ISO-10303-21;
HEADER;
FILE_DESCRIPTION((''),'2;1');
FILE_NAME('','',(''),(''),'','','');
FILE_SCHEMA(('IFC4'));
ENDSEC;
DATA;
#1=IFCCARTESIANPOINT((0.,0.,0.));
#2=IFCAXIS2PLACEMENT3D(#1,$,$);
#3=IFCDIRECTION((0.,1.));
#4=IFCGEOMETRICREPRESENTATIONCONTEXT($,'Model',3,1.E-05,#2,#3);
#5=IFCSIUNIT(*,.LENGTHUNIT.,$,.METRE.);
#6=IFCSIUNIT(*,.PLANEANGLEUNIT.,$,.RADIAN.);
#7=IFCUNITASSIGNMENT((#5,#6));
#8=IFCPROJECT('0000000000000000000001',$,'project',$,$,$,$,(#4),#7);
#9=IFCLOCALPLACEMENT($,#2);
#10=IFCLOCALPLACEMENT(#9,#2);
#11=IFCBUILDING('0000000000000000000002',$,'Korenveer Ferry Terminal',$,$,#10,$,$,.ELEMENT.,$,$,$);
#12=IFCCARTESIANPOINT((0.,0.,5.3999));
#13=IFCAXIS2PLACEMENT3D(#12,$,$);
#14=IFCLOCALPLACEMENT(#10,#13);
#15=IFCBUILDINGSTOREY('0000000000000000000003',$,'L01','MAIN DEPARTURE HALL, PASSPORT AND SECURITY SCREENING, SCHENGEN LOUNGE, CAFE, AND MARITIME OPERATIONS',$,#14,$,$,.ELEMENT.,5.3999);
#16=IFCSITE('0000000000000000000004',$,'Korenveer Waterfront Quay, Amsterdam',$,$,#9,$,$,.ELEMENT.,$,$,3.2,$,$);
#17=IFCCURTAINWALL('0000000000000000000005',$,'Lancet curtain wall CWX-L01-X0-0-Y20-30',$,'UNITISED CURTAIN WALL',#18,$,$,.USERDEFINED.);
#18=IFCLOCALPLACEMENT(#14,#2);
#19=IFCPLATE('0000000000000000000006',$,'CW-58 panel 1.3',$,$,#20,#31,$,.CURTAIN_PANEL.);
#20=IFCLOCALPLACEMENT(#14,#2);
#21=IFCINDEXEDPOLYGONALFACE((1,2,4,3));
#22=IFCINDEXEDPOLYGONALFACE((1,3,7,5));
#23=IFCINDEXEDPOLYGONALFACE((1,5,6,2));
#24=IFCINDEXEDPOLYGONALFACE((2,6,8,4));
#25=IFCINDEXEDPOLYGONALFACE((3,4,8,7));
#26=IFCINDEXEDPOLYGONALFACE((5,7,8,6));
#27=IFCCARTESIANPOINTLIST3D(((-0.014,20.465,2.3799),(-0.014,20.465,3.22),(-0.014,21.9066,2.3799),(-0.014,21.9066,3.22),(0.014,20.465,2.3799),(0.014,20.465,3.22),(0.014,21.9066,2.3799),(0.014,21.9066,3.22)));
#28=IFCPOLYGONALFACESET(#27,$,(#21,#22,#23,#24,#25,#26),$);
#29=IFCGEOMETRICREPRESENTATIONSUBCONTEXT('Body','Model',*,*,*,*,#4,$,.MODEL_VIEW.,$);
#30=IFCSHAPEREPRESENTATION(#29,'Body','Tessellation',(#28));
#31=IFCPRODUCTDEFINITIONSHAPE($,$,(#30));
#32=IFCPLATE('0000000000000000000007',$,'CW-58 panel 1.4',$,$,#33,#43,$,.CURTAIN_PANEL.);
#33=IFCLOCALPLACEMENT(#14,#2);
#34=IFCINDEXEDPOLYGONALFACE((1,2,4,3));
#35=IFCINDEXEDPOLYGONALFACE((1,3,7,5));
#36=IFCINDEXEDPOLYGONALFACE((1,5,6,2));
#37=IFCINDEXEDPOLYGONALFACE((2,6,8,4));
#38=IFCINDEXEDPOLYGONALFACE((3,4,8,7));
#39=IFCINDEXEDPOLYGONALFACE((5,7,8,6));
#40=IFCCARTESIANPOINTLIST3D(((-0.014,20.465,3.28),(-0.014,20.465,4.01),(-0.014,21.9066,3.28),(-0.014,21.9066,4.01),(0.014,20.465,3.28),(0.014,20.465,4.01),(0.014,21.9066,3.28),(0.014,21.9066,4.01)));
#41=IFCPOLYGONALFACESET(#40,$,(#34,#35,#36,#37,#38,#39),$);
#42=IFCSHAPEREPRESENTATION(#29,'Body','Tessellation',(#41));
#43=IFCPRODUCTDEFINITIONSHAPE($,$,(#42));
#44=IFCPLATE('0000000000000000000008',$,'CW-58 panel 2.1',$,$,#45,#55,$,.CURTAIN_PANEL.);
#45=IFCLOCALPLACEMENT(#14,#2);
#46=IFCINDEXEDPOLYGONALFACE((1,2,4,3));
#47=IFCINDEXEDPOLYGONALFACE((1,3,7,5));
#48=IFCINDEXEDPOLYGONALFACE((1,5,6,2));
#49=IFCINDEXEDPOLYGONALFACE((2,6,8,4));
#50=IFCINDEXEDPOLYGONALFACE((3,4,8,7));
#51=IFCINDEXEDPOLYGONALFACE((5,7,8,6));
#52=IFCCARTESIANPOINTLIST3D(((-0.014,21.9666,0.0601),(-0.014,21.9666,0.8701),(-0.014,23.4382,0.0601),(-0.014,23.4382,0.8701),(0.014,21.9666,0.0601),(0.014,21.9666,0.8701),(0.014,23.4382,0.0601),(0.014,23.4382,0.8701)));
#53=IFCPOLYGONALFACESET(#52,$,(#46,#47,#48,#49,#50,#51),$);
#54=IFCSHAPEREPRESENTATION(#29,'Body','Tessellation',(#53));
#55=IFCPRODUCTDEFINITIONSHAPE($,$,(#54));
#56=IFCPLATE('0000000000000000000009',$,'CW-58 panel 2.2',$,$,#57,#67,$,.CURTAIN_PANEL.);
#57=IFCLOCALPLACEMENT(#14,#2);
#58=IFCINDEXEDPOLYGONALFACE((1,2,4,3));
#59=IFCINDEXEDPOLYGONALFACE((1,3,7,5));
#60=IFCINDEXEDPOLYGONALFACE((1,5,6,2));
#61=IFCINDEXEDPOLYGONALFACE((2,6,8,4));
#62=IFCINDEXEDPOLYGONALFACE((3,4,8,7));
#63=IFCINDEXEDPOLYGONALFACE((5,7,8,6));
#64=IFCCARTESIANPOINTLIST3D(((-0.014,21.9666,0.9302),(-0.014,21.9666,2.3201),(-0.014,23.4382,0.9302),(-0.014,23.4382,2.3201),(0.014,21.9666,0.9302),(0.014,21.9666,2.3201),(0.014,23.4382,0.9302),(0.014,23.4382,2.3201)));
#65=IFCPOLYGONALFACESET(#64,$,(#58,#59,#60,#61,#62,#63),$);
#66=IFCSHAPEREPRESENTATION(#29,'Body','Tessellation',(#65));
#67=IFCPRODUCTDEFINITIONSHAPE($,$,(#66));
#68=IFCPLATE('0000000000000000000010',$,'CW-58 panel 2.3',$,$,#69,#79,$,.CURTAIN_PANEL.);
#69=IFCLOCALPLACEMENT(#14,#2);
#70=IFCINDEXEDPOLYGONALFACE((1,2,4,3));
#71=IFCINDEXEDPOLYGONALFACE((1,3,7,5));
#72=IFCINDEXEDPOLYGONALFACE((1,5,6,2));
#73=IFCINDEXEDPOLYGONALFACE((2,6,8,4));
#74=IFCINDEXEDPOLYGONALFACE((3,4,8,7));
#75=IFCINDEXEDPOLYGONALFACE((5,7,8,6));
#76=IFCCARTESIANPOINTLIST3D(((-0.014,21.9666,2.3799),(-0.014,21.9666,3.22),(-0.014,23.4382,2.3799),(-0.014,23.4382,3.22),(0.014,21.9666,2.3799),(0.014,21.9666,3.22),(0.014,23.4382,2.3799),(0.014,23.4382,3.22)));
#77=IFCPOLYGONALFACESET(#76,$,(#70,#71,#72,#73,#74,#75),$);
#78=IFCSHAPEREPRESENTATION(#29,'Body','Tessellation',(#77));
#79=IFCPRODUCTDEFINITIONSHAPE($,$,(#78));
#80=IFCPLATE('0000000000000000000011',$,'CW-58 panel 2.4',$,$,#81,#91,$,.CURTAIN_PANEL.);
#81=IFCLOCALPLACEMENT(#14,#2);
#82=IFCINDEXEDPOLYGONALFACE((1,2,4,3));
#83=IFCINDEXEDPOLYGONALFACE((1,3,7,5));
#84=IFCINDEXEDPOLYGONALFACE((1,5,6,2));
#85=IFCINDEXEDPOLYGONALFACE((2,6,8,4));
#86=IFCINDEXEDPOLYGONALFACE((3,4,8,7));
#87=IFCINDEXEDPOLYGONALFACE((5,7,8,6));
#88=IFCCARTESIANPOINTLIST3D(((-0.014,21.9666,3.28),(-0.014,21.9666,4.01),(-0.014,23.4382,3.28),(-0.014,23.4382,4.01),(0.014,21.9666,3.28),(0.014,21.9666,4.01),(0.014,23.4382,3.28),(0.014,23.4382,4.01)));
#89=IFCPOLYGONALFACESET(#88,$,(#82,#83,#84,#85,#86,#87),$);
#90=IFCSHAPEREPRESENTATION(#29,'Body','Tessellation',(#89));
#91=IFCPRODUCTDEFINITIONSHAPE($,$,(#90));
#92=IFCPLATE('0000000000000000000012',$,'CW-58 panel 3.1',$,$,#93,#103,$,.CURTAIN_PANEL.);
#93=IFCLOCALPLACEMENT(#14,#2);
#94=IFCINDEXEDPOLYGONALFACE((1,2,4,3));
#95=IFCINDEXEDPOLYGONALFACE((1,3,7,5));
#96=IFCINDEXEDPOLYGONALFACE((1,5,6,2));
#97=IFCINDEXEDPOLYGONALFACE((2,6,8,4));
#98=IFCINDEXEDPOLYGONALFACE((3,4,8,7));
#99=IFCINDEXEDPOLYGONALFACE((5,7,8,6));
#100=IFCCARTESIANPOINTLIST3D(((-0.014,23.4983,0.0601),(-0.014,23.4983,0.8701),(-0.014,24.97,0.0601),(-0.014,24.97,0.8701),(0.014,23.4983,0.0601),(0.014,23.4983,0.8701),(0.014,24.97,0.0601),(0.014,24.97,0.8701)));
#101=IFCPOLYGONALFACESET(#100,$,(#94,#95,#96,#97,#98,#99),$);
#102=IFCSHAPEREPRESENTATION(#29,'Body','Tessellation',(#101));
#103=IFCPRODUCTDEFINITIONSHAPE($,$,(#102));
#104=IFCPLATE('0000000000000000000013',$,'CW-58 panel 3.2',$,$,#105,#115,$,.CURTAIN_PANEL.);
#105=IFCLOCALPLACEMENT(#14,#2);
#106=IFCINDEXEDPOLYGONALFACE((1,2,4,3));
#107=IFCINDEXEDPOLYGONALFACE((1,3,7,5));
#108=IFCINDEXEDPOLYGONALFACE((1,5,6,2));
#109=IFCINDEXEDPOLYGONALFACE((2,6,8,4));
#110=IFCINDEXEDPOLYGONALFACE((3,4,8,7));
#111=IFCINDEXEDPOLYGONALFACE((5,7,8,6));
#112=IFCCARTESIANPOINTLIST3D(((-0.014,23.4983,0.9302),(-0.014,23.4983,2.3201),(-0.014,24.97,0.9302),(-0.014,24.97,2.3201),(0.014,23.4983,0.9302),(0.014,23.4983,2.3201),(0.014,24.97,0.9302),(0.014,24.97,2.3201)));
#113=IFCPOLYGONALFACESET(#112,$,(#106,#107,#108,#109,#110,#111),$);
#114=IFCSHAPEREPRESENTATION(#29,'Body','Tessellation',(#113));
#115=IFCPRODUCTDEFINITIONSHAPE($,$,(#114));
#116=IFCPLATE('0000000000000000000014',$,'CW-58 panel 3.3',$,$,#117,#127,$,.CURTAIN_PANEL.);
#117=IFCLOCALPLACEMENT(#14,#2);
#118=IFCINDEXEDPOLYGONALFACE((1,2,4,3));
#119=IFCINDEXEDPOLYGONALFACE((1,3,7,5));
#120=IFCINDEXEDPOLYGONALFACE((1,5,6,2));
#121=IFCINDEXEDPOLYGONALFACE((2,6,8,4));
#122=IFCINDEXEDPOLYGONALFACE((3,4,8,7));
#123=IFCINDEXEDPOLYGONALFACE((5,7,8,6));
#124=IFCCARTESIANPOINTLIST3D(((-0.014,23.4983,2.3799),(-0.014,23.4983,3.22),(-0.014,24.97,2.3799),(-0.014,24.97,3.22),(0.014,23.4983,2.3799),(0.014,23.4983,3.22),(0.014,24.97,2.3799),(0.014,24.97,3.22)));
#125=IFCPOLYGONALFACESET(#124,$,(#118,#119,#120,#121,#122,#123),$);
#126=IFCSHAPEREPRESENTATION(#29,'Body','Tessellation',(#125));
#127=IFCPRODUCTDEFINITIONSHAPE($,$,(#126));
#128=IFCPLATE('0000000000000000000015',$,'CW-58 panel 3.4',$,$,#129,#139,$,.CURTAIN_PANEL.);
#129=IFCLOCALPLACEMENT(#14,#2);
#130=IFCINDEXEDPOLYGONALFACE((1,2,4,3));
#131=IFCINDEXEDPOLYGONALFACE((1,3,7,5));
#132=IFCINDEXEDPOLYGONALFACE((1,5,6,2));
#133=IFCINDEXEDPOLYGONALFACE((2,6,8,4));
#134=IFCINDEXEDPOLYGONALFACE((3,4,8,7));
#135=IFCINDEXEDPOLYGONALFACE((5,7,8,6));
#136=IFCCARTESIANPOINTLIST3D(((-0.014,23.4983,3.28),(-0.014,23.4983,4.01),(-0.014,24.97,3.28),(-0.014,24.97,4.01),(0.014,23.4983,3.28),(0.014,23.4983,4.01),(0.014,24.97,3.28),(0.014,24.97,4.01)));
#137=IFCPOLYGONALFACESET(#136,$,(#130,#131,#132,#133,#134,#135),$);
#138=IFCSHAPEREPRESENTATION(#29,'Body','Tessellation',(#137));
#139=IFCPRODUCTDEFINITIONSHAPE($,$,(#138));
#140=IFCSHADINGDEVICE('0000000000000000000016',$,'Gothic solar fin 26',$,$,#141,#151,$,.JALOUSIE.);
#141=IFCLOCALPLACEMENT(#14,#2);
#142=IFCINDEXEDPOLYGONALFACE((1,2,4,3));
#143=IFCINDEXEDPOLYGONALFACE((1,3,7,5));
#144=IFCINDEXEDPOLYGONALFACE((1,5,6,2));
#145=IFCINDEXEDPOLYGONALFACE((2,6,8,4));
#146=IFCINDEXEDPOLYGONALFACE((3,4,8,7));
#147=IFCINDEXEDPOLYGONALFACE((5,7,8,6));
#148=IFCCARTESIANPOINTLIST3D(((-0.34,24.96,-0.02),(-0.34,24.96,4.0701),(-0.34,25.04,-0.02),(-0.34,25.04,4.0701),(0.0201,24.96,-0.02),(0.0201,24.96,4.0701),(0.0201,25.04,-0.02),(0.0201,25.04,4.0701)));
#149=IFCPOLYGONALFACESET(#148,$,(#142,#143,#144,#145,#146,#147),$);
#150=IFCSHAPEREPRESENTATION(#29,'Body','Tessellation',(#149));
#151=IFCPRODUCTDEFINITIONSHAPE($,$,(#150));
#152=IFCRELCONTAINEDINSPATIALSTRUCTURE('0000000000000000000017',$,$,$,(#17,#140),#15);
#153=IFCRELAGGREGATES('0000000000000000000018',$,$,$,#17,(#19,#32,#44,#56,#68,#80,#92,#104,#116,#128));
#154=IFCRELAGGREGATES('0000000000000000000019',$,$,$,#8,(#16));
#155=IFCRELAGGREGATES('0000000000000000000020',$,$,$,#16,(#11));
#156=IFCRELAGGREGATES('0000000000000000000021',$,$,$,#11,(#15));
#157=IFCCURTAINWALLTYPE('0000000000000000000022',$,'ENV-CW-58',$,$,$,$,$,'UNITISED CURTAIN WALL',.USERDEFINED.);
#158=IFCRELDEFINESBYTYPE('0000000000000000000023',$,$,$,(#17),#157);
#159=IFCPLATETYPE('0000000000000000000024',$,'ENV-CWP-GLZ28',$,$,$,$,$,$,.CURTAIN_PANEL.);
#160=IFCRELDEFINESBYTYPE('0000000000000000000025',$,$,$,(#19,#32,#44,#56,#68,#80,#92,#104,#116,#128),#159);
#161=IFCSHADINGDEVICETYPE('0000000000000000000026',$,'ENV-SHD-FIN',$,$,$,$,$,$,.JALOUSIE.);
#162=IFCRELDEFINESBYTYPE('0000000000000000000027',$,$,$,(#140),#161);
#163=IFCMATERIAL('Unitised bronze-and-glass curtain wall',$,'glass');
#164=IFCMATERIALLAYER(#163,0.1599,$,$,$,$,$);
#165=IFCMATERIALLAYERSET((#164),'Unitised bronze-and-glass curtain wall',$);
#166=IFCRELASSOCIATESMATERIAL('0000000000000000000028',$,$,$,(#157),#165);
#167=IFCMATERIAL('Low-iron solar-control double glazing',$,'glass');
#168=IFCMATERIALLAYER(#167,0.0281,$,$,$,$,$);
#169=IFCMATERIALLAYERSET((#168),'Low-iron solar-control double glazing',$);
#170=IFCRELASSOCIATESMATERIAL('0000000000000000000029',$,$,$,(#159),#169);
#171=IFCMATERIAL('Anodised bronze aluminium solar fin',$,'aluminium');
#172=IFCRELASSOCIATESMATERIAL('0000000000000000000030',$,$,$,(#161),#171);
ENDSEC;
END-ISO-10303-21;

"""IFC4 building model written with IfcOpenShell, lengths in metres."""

from ifc_helpers import new_model, si_unit, direction, frame, origin, origin_2d, place, context, subcontext, project, spatial, rectangle, extrude, material, layer, layer_set, type_object, element, aggregate, save


model = new_model("IFC4")

# Units and contexts
model_context = context("Model", 3, precision=1e-05, world=origin(), true_north=direction((0.0, 1.0)))
body_context = subcontext(model_context, "Body", "Model", "MODEL_VIEW")
ifc_project = project(units=[si_unit("LENGTHUNIT", "METRE"), si_unit("PLANEANGLEUNIT", "RADIAN")], contexts=[model_context])

# Site, building, storey
site_placement = place(None, origin())
site = spatial("IfcSite", under=ifc_project, at=site_placement, Name="Korenveer Waterfront Quay, Amsterdam", CompositionType="ELEMENT", RefElevation=3.2)
building_placement = place(site_placement, origin())
building = spatial("IfcBuilding", under=site, at=building_placement, Name="Korenveer Ferry Terminal", CompositionType="ELEMENT")
storey_placement = place(building_placement, frame((0.0, 0.0, 5.3999)))
storey = spatial("IfcBuildingStorey", under=building, at=storey_placement, Name="L01", Description="MAIN DEPARTURE HALL, PASSPORT AND SECURITY SCREENING, SCHENGEN LOUNGE, CAFE, AND MARITIME OPERATIONS", CompositionType="ELEMENT", Elevation=5.3999)

# Curtain wall
ifc_material_1 = material(Name="Unitised bronze-and-glass curtain wall", Category="glass")
ifc_layer_1 = layer(ifc_material_1, 0.1599)
ifc_layer_set_1 = layer_set([ifc_layer_1], Name="Unitised bronze-and-glass curtain wall")
curtain_wall_type = type_object("IfcCurtainWallType", Name="ENV-CW-58", ElementType="UNITISED CURTAIN WALL", PredefinedType="USERDEFINED", material=ifc_layer_set_1)
curtain_wall_placement = place(storey_placement, frame((0.0, 20.405, 0.0)))
curtain_wall = element("IfcCurtainWall", 1, at=curtain_wall_placement, inside=storey, type_object=curtain_wall_type, Name="Lancet curtain wall CWX-L01-X0-0-Y20-30", ObjectType="UNITISED CURTAIN WALL", PredefinedType="USERDEFINED")

# Plates
ifc_material_2 = material(Name="Low-iron solar-control double glazing", Category="glass")
ifc_layer_2 = layer(ifc_material_2, 0.0281)
ifc_layer_set_2 = layer_set([ifc_layer_2], Name="Low-iron solar-control double glazing")
plate_type = type_object("IfcPlateType", Name="ENV-CWP-GLZ28", PredefinedType="CURTAIN_PANEL", material=ifc_layer_set_2)
plate_1_placement = place(storey_placement, frame((0.0, 21.1858, 2.3799), z_axis=(0.0, 0.0, 1.0), x_axis=(0.0, 1.0, 0.0)))
plate_1 = element("IfcPlate", 2, at=plate_1_placement, type_object=plate_type, Name="CW-58 panel 1.3", PredefinedType="CURTAIN_PANEL", context=body_context, shape_type="SweptSolid", body=[
    extrude(rectangle(XDim=1.4417, YDim=0.0281, at=origin_2d()), origin(), (0.0, 0.0, 1.0), 0.8401),
])
plate_2_placement = place(storey_placement, frame((0.0, 21.1858, 3.28), z_axis=(0.0, 0.0, 1.0), x_axis=(0.0, 1.0, 0.0)))
plate_2 = element("IfcPlate", 3, at=plate_2_placement, type_object=plate_type, Name="CW-58 panel 1.4", PredefinedType="CURTAIN_PANEL", context=body_context, shape_type="SweptSolid", body=[
    extrude(rectangle(XDim=1.4417, YDim=0.0281, at=origin_2d()), origin(), (0.0, 0.0, 1.0), 0.73),
])
plate_3_placement = place(storey_placement, frame((0.0, 22.7024, 0.0601), z_axis=(0.0, 0.0, 1.0), x_axis=(0.0, 1.0, 0.0)))
plate_3 = element("IfcPlate", 4, at=plate_3_placement, type_object=plate_type, Name="CW-58 panel 2.1", PredefinedType="CURTAIN_PANEL", context=body_context, shape_type="SweptSolid", body=[
    extrude(rectangle(XDim=1.4717, YDim=0.0281, at=origin_2d()), origin(), (0.0, 0.0, 1.0), 0.8101),
])
plate_4_placement = place(storey_placement, frame((0.0, 22.7024, 0.9302), z_axis=(0.0, 0.0, 1.0), x_axis=(0.0, 1.0, 0.0)))
plate_4 = element("IfcPlate", 5, at=plate_4_placement, type_object=plate_type, Name="CW-58 panel 2.2", PredefinedType="CURTAIN_PANEL", context=body_context, shape_type="SweptSolid", body=[
    extrude(rectangle(XDim=1.4717, YDim=0.0281, at=origin_2d()), origin(), (0.0, 0.0, 1.0), 1.3899),
])
plate_5_placement = place(storey_placement, frame((0.0, 22.7024, 2.3799), z_axis=(0.0, 0.0, 1.0), x_axis=(0.0, 1.0, 0.0)))
plate_5 = element("IfcPlate", 6, at=plate_5_placement, type_object=plate_type, Name="CW-58 panel 2.3", PredefinedType="CURTAIN_PANEL", context=body_context, shape_type="SweptSolid", body=[
    extrude(rectangle(XDim=1.4717, YDim=0.0281, at=origin_2d()), origin(), (0.0, 0.0, 1.0), 0.8401),
])
plate_6_placement = place(storey_placement, frame((0.0, 22.7024, 3.28), z_axis=(0.0, 0.0, 1.0), x_axis=(0.0, 1.0, 0.0)))
plate_6 = element("IfcPlate", 7, at=plate_6_placement, type_object=plate_type, Name="CW-58 panel 2.4", PredefinedType="CURTAIN_PANEL", context=body_context, shape_type="SweptSolid", body=[
    extrude(rectangle(XDim=1.4717, YDim=0.0281, at=origin_2d()), origin(), (0.0, 0.0, 1.0), 0.73),
])
plate_7_placement = place(storey_placement, frame((0.0, 24.2341, 0.0601), z_axis=(0.0, 0.0, 1.0), x_axis=(0.0, 1.0, 0.0)))
plate_7 = element("IfcPlate", 8, at=plate_7_placement, type_object=plate_type, Name="CW-58 panel 3.1", PredefinedType="CURTAIN_PANEL", context=body_context, shape_type="SweptSolid", body=[
    extrude(rectangle(XDim=1.4717, YDim=0.0281, at=origin_2d()), origin(), (0.0, 0.0, 1.0), 0.8101),
])
plate_8_placement = place(storey_placement, frame((0.0, 24.2341, 0.9302), z_axis=(0.0, 0.0, 1.0), x_axis=(0.0, 1.0, 0.0)))
plate_8 = element("IfcPlate", 9, at=plate_8_placement, type_object=plate_type, Name="CW-58 panel 3.2", PredefinedType="CURTAIN_PANEL", context=body_context, shape_type="SweptSolid", body=[
    extrude(rectangle(XDim=1.4717, YDim=0.0281, at=origin_2d()), origin(), (0.0, 0.0, 1.0), 1.3899),
])
plate_9_placement = place(storey_placement, frame((0.0, 24.2341, 2.3799), z_axis=(0.0, 0.0, 1.0), x_axis=(0.0, 1.0, 0.0)))
plate_9 = element("IfcPlate", 10, at=plate_9_placement, type_object=plate_type, Name="CW-58 panel 3.3", PredefinedType="CURTAIN_PANEL", context=body_context, shape_type="SweptSolid", body=[
    extrude(rectangle(XDim=1.4717, YDim=0.0281, at=origin_2d()), origin(), (0.0, 0.0, 1.0), 0.8401),
])
plate_10_placement = place(storey_placement, frame((0.0, 24.2341, 3.28), z_axis=(0.0, 0.0, 1.0), x_axis=(0.0, 1.0, 0.0)))
plate_10 = element("IfcPlate", 11, at=plate_10_placement, type_object=plate_type, Name="CW-58 panel 3.4", PredefinedType="CURTAIN_PANEL", context=body_context, shape_type="SweptSolid", body=[
    extrude(rectangle(XDim=1.4717, YDim=0.0281, at=origin_2d()), origin(), (0.0, 0.0, 1.0), 0.73),
])
aggregate(curtain_wall, [plate_1, plate_2, plate_3, plate_4, plate_5, plate_6, plate_7, plate_8, plate_9, plate_10])

# Shading device
ifc_material_3 = material(Name="Anodised bronze aluminium solar fin", Category="aluminium")
shading_device_type = type_object("IfcShadingDeviceType", Name="ENV-SHD-FIN", PredefinedType="JALOUSIE", material=ifc_material_3)
shading_device_placement = place(storey_placement, frame((-0.1599, 25.0, -0.02), z_axis=(0.0, 0.0, 1.0), x_axis=(1.0, 0.0, 0.0)))
element("IfcShadingDevice", 12, at=shading_device_placement, inside=storey, type_object=shading_device_type, Name="Gothic solar fin 26", PredefinedType="JALOUSIE", context=body_context, shape_type="SweptSolid", body=[
    extrude(rectangle(XDim=0.3601, YDim=0.0801, at=origin_2d()), origin(), (0.0, 0.0, 1.0), 4.0901),
])

save(model, "model.ifc")
